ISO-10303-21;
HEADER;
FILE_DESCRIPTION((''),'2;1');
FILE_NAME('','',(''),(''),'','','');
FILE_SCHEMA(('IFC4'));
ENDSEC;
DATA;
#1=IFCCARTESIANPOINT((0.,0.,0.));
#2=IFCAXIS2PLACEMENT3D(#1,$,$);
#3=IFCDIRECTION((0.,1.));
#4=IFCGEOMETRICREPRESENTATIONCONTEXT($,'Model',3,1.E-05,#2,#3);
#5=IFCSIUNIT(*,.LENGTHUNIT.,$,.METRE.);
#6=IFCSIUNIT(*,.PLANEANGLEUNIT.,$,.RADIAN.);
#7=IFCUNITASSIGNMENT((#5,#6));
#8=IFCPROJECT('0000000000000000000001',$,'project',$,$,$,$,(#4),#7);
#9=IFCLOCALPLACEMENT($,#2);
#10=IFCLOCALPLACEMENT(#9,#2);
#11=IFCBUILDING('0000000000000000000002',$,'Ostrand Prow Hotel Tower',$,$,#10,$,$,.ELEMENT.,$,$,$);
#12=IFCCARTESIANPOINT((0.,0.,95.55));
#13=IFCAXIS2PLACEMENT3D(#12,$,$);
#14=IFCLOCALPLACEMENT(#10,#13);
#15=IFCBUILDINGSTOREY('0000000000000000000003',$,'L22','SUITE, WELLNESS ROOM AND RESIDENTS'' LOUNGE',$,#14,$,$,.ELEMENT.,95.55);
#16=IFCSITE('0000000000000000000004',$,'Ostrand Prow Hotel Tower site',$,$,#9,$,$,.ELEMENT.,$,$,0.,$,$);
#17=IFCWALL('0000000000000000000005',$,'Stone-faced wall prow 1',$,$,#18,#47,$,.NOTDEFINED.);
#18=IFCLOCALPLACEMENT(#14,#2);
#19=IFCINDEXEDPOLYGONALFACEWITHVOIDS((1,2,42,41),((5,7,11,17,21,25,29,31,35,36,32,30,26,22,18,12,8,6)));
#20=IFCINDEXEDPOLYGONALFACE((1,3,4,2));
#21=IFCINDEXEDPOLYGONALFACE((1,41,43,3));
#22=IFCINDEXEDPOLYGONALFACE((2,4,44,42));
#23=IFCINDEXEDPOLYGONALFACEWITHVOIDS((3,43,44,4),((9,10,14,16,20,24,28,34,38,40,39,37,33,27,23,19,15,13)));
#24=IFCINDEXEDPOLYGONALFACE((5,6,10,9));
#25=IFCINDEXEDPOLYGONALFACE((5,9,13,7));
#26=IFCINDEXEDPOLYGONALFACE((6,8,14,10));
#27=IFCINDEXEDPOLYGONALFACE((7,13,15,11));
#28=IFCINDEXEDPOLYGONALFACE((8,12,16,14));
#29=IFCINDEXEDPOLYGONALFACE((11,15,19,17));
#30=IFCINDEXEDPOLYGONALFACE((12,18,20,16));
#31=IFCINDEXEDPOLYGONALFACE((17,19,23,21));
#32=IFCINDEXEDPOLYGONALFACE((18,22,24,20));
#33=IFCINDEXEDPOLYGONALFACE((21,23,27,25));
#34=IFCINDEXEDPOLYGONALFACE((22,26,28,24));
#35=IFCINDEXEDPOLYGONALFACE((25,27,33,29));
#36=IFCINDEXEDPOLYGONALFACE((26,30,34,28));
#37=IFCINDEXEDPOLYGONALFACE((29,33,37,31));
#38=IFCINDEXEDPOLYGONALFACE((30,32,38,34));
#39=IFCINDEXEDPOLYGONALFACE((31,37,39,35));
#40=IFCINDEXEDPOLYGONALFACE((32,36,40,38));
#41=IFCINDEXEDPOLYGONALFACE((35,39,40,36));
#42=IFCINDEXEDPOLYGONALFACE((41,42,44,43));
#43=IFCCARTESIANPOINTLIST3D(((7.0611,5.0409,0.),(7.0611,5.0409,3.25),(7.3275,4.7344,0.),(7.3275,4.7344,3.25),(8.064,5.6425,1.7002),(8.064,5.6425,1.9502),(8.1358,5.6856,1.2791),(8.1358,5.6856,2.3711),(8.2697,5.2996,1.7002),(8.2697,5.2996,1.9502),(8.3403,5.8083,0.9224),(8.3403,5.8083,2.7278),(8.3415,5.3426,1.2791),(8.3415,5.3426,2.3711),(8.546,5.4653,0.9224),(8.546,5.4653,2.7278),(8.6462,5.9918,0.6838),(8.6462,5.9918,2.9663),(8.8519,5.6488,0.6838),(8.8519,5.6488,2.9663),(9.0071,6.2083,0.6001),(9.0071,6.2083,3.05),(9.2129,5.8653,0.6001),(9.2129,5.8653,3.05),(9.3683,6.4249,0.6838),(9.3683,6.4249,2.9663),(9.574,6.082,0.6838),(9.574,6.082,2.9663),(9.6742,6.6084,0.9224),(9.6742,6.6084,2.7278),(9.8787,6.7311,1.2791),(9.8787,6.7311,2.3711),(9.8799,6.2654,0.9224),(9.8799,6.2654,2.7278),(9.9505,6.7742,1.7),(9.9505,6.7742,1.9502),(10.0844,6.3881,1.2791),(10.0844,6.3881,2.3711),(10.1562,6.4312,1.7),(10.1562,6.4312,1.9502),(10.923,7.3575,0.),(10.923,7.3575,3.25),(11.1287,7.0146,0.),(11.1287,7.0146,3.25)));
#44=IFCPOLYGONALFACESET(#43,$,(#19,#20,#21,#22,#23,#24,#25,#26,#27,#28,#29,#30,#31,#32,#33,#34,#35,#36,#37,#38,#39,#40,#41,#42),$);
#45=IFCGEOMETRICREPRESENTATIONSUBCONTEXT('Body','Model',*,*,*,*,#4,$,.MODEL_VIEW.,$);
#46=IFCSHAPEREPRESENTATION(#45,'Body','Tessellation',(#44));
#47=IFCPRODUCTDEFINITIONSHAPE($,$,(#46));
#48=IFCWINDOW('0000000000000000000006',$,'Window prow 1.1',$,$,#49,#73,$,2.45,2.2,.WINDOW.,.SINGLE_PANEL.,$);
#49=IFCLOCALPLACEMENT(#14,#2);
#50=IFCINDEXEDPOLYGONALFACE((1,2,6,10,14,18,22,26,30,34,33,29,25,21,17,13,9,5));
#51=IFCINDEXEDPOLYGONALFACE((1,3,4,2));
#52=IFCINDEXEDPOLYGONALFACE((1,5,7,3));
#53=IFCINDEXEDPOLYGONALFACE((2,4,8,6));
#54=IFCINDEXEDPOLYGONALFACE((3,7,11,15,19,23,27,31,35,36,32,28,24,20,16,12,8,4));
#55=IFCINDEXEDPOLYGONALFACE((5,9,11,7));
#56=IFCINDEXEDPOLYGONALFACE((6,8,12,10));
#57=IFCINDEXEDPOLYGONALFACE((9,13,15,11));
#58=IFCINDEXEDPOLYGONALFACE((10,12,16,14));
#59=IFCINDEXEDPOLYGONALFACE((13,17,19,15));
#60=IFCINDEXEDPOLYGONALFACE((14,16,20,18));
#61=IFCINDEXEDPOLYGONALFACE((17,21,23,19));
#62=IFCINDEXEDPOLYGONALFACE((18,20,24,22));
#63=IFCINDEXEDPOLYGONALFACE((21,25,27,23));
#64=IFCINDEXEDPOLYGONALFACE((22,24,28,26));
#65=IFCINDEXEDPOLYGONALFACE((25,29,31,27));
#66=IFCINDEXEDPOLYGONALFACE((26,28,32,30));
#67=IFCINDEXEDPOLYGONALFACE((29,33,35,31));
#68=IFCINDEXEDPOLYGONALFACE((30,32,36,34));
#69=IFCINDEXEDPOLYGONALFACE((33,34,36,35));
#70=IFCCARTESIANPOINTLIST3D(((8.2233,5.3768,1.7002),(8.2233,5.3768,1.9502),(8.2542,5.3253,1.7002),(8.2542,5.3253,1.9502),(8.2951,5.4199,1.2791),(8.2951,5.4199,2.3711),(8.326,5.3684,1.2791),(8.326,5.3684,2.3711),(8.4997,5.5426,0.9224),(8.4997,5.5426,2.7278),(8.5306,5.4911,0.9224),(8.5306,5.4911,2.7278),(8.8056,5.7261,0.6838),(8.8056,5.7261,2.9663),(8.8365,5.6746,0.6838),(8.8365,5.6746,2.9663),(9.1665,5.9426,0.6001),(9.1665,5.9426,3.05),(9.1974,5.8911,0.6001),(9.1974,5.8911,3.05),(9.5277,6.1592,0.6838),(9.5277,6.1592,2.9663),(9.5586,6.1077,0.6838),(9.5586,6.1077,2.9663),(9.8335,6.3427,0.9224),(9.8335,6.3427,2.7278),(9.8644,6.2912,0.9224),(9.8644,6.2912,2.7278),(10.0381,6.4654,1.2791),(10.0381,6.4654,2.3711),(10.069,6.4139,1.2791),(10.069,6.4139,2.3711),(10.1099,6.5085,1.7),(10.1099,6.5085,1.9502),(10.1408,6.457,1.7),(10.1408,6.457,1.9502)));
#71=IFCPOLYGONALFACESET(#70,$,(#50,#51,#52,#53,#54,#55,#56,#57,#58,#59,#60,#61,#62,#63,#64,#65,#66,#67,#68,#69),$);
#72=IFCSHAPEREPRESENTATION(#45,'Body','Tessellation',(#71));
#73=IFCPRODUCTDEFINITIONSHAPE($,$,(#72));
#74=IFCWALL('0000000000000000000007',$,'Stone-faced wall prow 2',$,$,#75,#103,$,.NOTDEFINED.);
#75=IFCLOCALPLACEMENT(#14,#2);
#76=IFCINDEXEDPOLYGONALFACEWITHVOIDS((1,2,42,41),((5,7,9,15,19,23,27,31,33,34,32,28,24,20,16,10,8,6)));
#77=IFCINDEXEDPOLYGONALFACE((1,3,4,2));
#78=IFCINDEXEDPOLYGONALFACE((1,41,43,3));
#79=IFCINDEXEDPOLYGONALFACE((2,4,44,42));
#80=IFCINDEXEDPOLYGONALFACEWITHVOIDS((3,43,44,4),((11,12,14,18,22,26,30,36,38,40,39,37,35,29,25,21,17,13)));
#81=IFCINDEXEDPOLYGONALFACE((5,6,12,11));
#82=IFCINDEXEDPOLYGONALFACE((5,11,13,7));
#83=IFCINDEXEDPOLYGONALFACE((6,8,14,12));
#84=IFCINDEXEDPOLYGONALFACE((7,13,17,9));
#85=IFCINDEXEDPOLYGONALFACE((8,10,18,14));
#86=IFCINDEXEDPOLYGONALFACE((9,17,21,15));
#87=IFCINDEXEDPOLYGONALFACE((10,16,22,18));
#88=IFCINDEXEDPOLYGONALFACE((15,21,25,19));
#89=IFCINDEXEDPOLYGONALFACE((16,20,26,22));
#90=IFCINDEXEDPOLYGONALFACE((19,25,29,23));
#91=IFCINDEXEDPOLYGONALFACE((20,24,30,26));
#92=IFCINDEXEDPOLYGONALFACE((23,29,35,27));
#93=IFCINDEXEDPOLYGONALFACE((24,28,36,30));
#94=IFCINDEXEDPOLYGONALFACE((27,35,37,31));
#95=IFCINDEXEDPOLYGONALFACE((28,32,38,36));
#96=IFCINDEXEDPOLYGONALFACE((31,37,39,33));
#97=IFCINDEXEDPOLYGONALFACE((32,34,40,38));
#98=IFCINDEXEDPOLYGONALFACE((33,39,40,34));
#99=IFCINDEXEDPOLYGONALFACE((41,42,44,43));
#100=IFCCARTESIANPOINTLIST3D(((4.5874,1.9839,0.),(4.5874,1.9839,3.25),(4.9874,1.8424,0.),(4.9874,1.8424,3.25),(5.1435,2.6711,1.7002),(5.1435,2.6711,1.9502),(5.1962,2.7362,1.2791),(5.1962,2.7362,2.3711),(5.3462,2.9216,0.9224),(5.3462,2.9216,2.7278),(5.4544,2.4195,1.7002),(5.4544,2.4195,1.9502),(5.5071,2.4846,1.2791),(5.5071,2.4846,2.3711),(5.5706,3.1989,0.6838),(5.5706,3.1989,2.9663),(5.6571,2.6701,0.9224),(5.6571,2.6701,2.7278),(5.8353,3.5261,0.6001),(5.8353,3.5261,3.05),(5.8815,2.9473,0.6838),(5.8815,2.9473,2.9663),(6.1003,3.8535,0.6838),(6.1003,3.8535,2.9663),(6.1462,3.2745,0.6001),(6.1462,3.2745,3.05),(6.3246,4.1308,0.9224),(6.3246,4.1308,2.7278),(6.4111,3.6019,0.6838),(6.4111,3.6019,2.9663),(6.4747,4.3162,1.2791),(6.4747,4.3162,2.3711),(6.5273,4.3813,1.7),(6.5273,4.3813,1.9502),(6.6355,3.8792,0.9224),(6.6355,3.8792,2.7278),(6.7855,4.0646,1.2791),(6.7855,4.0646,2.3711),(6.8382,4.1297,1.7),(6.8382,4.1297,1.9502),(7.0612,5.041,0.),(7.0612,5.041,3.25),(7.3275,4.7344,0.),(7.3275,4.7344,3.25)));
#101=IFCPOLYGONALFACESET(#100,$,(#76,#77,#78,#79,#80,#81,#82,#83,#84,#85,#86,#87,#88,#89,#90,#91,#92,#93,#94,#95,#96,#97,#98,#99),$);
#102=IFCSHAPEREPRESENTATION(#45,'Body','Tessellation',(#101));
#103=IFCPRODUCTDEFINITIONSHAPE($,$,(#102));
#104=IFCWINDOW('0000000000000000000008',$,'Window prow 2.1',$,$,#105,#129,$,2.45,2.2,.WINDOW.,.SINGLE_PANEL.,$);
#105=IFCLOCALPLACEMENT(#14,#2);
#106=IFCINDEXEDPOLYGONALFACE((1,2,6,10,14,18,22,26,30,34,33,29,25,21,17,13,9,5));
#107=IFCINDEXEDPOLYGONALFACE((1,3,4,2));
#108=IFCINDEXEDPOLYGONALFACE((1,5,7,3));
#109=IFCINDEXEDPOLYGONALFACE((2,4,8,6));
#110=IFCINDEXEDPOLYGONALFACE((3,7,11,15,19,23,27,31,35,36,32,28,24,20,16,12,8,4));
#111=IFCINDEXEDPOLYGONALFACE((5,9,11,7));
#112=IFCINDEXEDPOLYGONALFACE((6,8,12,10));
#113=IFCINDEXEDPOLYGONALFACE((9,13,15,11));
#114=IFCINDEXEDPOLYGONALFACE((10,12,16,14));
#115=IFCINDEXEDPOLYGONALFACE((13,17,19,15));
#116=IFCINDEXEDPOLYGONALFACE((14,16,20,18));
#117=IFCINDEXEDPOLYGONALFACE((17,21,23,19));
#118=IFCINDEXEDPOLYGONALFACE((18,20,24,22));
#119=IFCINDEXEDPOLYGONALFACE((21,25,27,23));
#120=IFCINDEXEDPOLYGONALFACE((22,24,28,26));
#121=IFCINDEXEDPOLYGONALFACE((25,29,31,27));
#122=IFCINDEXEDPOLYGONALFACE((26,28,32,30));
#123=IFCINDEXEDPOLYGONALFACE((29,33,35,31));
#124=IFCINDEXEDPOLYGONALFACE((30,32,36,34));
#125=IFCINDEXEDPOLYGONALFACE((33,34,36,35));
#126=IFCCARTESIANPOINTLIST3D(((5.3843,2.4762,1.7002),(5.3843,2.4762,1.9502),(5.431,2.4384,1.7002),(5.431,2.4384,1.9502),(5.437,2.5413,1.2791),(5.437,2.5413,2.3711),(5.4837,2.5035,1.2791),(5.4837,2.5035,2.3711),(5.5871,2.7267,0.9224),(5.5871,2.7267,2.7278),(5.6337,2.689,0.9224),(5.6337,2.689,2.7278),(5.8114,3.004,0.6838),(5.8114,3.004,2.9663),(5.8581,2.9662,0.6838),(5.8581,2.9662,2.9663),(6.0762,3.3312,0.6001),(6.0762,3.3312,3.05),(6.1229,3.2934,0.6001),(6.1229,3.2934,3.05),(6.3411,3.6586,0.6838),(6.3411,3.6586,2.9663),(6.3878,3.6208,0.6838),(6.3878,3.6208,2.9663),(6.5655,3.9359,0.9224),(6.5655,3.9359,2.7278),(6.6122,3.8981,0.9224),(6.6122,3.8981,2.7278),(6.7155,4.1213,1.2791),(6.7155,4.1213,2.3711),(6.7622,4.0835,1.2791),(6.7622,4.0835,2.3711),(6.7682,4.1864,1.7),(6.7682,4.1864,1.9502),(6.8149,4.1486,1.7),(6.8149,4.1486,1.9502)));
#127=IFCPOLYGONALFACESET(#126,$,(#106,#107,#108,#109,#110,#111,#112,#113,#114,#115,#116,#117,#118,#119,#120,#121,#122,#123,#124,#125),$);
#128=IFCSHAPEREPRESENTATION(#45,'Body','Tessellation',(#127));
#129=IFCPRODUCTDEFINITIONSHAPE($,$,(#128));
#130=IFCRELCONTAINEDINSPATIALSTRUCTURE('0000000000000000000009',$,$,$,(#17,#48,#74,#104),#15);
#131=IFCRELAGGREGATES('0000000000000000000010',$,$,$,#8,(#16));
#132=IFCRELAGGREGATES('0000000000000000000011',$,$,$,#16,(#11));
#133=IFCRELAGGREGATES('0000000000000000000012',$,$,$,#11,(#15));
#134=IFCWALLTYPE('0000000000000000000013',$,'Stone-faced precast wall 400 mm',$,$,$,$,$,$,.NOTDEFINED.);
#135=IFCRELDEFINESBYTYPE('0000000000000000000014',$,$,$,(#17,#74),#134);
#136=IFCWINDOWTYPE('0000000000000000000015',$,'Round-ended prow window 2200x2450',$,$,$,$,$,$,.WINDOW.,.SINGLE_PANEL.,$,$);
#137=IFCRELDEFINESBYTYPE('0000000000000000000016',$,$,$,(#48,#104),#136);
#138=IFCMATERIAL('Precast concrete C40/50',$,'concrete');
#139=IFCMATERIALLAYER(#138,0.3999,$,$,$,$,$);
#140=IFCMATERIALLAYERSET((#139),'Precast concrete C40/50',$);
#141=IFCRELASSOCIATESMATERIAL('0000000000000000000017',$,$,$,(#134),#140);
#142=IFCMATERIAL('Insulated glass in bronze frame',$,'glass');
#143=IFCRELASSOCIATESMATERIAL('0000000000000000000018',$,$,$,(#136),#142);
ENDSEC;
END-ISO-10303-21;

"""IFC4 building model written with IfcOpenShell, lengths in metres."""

from ifc_helpers import new_model, si_unit, direction, frame, origin, place, context, subcontext, project, spatial, polyline, outline, extrude, material, layer, layer_set, type_object, element, fill, save


model = new_model("IFC4")

# Units and contexts
model_context = context("Model", 3, precision=1e-05, world=origin(), true_north=direction((0.0, 1.0)))
body_context = subcontext(model_context, "Body", "Model", "MODEL_VIEW")
ifc_project = project(units=[si_unit("LENGTHUNIT", "METRE"), si_unit("PLANEANGLEUNIT", "RADIAN")], contexts=[model_context])

# Site, building, storey
site_placement = place(None, origin())
site = spatial("IfcSite", under=ifc_project, at=site_placement, Name="Ostrand Prow Hotel Tower site", CompositionType="ELEMENT", RefElevation=0.0)
building_placement = place(site_placement, origin())
building = spatial("IfcBuilding", under=site, at=building_placement, Name="Ostrand Prow Hotel Tower", CompositionType="ELEMENT")
storey_placement = place(building_placement, frame((0.0, 0.0, 95.55)))
storey = spatial("IfcBuildingStorey", under=building, at=storey_placement, Name="L22", Description="SUITE, WELLNESS ROOM AND RESIDENTS' LOUNGE", CompositionType="ELEMENT", Elevation=95.55)

# Walls, openings, windows
ifc_material_1 = material(Name="Precast concrete C40/50", Category="concrete")
ifc_layer_1 = layer(ifc_material_1, 0.3999)
ifc_layer_set_1 = layer_set([ifc_layer_1], Name="Precast concrete C40/50")
wall_type_1 = type_object("IfcWallType", Name="Stone-faced precast wall 400 mm", PredefinedType="NOTDEFINED", material=ifc_layer_set_1)
wall_1_placement = place(storey_placement, frame((11.0259, 7.186, 0.0), z_axis=(0.0, 0.0, 1.0), x_axis=(-0.857551, -0.514399, 0.0)))
wall_1 = element("IfcWall", 1, at=wall_1_placement, inside=storey, type_object=wall_type_1, Name="Stone-faced wall prow 1", PredefinedType="NOTDEFINED", context=body_context, shape_type="SweptSolid", body=[
    extrude(outline(polyline([(0.0, -0.2), (4.5034, -0.2), (4.4326, 0.2), (0.0, 0.2), (0.0, -0.2)])), origin(), (0.0, 0.0, 1.0), 3.25),
])
opening_1_placement = place(wall_1_placement, frame((1.134, 0.0, 0.6001)))
opening_1 = element("IfcOpeningElement", 2, at=opening_1_placement, cuts=wall_1, PredefinedType="OPENING", context=body_context, shape_type="SweptSolid", body=[
    extrude(outline(polyline([(0.0, 1.3501), (0.0837, 1.771), (0.3223, 2.1277), (0.679, 2.3662), (1.1001, 2.45), (1.521, 2.3662), (1.8777, 2.1277), (2.1162, 1.771), (2.2, 1.3501), (2.2, 1.1001), (2.1162, 0.679), (1.8777, 0.3223), (1.521, 0.0837), (1.1001, 0.0), (0.679, 0.0837), (0.3223, 0.3223), (0.0837, 0.679), (0.0, 1.0999), (0.0, 1.3501)])), frame((0.0, 0.21, 0.0), z_axis=(0.0, -1.0, 0.0), x_axis=(1.0, 0.0, 0.0)), (0.0, 0.0, 1.0), 0.4199),
])
ifc_material_2 = material(Name="Insulated glass in bronze frame", Category="glass")
window_type = type_object("IfcWindowType", Name="Round-ended prow window 2200x2450", PartitioningType="SINGLE_PANEL", PredefinedType="WINDOW", material=ifc_material_2)
window_1_placement = place(opening_1_placement, origin())
window_1 = element("IfcWindow", 3, at=window_1_placement, inside=storey, type_object=window_type, Name="Window prow 1.1", OverallHeight=2.45, OverallWidth=2.2, PartitioningType="SINGLE_PANEL", PredefinedType="WINDOW", context=body_context, shape_type="SweptSolid", body=[
    extrude(outline(polyline([(0.0, 1.3501), (0.0837, 1.771), (0.3223, 2.1277), (0.679, 2.3662), (1.1001, 2.45), (1.521, 2.3662), (1.8777, 2.1277), (2.1162, 1.771), (2.2, 1.3501), (2.2, 1.1001), (2.1162, 0.679), (1.8777, 0.3223), (1.521, 0.0837), (1.1001, 0.0), (0.679, 0.0837), (0.3223, 0.3223), (0.0837, 0.679), (0.0, 1.0999), (0.0, 1.3501)])), frame((0.0, 0.1699, 0.0), z_axis=(0.0, -1.0, 0.0), x_axis=(1.0, 0.0, 0.0)), (0.0, 0.0, 1.0), 0.0601),
])
fill(opening_1, window_1)
wall_2_placement = place(storey_placement, frame((7.1943, 4.8877, 0.0), z_axis=(0.0, 0.0, 1.0), x_axis=(-0.629035, -0.777377, 0.0)))
wall_2 = element("IfcWall", 4, at=wall_2_placement, inside=storey, type_object=wall_type_1, Name="Stone-faced wall prow 2", PredefinedType="NOTDEFINED", context=body_context, shape_type="SweptSolid", body=[
    extrude(outline(polyline([(-0.0354, -0.2), (3.8972, -0.2), (3.7556, 0.2), (0.0354, 0.2), (-0.0354, -0.2)])), origin(), (0.0, 0.0, 1.0), 3.25),
])
opening_2_placement = place(wall_2_placement, frame((0.8132, 0.0, 0.6001)))
opening_2 = element("IfcOpeningElement", 5, at=opening_2_placement, cuts=wall_2, PredefinedType="OPENING", context=body_context, shape_type="SweptSolid", body=[
    extrude(outline(polyline([(0.0, 1.3501), (0.0837, 1.771), (0.3223, 2.1277), (0.679, 2.3662), (1.1001, 2.45), (1.521, 2.3662), (1.8777, 2.1277), (2.1162, 1.771), (2.2, 1.3501), (2.2, 1.1001), (2.1162, 0.679), (1.8777, 0.3223), (1.521, 0.0837), (1.1001, 0.0), (0.679, 0.0837), (0.3223, 0.3223), (0.0837, 0.679), (0.0, 1.0999), (0.0, 1.3501)])), frame((0.0, 0.21, 0.0), z_axis=(0.0, -1.0, 0.0), x_axis=(1.0, 0.0, 0.0)), (0.0, 0.0, 1.0), 0.4199),
])
window_2_placement = place(opening_2_placement, origin())
window_2 = element("IfcWindow", 6, at=window_2_placement, inside=storey, type_object=window_type, Name="Window prow 2.1", OverallHeight=2.45, OverallWidth=2.2, PartitioningType="SINGLE_PANEL", PredefinedType="WINDOW", context=body_context, shape_type="SweptSolid", body=[
    extrude(outline(polyline([(0.0, 1.3501), (0.0837, 1.771), (0.3223, 2.1277), (0.679, 2.3662), (1.1001, 2.45), (1.521, 2.3662), (1.8777, 2.1277), (2.1162, 1.771), (2.2, 1.3501), (2.2, 1.1001), (2.1162, 0.679), (1.8777, 0.3223), (1.521, 0.0837), (1.1001, 0.0), (0.679, 0.0837), (0.3223, 0.3223), (0.0837, 0.679), (0.0, 1.0999), (0.0, 1.3501)])), frame((0.0, 0.1699, 0.0), z_axis=(0.0, -1.0, 0.0), x_axis=(1.0, 0.0, 0.0)), (0.0, 0.0, 1.0), 0.0601),
])
fill(opening_2, window_2)

save(model, "model.ifc")
